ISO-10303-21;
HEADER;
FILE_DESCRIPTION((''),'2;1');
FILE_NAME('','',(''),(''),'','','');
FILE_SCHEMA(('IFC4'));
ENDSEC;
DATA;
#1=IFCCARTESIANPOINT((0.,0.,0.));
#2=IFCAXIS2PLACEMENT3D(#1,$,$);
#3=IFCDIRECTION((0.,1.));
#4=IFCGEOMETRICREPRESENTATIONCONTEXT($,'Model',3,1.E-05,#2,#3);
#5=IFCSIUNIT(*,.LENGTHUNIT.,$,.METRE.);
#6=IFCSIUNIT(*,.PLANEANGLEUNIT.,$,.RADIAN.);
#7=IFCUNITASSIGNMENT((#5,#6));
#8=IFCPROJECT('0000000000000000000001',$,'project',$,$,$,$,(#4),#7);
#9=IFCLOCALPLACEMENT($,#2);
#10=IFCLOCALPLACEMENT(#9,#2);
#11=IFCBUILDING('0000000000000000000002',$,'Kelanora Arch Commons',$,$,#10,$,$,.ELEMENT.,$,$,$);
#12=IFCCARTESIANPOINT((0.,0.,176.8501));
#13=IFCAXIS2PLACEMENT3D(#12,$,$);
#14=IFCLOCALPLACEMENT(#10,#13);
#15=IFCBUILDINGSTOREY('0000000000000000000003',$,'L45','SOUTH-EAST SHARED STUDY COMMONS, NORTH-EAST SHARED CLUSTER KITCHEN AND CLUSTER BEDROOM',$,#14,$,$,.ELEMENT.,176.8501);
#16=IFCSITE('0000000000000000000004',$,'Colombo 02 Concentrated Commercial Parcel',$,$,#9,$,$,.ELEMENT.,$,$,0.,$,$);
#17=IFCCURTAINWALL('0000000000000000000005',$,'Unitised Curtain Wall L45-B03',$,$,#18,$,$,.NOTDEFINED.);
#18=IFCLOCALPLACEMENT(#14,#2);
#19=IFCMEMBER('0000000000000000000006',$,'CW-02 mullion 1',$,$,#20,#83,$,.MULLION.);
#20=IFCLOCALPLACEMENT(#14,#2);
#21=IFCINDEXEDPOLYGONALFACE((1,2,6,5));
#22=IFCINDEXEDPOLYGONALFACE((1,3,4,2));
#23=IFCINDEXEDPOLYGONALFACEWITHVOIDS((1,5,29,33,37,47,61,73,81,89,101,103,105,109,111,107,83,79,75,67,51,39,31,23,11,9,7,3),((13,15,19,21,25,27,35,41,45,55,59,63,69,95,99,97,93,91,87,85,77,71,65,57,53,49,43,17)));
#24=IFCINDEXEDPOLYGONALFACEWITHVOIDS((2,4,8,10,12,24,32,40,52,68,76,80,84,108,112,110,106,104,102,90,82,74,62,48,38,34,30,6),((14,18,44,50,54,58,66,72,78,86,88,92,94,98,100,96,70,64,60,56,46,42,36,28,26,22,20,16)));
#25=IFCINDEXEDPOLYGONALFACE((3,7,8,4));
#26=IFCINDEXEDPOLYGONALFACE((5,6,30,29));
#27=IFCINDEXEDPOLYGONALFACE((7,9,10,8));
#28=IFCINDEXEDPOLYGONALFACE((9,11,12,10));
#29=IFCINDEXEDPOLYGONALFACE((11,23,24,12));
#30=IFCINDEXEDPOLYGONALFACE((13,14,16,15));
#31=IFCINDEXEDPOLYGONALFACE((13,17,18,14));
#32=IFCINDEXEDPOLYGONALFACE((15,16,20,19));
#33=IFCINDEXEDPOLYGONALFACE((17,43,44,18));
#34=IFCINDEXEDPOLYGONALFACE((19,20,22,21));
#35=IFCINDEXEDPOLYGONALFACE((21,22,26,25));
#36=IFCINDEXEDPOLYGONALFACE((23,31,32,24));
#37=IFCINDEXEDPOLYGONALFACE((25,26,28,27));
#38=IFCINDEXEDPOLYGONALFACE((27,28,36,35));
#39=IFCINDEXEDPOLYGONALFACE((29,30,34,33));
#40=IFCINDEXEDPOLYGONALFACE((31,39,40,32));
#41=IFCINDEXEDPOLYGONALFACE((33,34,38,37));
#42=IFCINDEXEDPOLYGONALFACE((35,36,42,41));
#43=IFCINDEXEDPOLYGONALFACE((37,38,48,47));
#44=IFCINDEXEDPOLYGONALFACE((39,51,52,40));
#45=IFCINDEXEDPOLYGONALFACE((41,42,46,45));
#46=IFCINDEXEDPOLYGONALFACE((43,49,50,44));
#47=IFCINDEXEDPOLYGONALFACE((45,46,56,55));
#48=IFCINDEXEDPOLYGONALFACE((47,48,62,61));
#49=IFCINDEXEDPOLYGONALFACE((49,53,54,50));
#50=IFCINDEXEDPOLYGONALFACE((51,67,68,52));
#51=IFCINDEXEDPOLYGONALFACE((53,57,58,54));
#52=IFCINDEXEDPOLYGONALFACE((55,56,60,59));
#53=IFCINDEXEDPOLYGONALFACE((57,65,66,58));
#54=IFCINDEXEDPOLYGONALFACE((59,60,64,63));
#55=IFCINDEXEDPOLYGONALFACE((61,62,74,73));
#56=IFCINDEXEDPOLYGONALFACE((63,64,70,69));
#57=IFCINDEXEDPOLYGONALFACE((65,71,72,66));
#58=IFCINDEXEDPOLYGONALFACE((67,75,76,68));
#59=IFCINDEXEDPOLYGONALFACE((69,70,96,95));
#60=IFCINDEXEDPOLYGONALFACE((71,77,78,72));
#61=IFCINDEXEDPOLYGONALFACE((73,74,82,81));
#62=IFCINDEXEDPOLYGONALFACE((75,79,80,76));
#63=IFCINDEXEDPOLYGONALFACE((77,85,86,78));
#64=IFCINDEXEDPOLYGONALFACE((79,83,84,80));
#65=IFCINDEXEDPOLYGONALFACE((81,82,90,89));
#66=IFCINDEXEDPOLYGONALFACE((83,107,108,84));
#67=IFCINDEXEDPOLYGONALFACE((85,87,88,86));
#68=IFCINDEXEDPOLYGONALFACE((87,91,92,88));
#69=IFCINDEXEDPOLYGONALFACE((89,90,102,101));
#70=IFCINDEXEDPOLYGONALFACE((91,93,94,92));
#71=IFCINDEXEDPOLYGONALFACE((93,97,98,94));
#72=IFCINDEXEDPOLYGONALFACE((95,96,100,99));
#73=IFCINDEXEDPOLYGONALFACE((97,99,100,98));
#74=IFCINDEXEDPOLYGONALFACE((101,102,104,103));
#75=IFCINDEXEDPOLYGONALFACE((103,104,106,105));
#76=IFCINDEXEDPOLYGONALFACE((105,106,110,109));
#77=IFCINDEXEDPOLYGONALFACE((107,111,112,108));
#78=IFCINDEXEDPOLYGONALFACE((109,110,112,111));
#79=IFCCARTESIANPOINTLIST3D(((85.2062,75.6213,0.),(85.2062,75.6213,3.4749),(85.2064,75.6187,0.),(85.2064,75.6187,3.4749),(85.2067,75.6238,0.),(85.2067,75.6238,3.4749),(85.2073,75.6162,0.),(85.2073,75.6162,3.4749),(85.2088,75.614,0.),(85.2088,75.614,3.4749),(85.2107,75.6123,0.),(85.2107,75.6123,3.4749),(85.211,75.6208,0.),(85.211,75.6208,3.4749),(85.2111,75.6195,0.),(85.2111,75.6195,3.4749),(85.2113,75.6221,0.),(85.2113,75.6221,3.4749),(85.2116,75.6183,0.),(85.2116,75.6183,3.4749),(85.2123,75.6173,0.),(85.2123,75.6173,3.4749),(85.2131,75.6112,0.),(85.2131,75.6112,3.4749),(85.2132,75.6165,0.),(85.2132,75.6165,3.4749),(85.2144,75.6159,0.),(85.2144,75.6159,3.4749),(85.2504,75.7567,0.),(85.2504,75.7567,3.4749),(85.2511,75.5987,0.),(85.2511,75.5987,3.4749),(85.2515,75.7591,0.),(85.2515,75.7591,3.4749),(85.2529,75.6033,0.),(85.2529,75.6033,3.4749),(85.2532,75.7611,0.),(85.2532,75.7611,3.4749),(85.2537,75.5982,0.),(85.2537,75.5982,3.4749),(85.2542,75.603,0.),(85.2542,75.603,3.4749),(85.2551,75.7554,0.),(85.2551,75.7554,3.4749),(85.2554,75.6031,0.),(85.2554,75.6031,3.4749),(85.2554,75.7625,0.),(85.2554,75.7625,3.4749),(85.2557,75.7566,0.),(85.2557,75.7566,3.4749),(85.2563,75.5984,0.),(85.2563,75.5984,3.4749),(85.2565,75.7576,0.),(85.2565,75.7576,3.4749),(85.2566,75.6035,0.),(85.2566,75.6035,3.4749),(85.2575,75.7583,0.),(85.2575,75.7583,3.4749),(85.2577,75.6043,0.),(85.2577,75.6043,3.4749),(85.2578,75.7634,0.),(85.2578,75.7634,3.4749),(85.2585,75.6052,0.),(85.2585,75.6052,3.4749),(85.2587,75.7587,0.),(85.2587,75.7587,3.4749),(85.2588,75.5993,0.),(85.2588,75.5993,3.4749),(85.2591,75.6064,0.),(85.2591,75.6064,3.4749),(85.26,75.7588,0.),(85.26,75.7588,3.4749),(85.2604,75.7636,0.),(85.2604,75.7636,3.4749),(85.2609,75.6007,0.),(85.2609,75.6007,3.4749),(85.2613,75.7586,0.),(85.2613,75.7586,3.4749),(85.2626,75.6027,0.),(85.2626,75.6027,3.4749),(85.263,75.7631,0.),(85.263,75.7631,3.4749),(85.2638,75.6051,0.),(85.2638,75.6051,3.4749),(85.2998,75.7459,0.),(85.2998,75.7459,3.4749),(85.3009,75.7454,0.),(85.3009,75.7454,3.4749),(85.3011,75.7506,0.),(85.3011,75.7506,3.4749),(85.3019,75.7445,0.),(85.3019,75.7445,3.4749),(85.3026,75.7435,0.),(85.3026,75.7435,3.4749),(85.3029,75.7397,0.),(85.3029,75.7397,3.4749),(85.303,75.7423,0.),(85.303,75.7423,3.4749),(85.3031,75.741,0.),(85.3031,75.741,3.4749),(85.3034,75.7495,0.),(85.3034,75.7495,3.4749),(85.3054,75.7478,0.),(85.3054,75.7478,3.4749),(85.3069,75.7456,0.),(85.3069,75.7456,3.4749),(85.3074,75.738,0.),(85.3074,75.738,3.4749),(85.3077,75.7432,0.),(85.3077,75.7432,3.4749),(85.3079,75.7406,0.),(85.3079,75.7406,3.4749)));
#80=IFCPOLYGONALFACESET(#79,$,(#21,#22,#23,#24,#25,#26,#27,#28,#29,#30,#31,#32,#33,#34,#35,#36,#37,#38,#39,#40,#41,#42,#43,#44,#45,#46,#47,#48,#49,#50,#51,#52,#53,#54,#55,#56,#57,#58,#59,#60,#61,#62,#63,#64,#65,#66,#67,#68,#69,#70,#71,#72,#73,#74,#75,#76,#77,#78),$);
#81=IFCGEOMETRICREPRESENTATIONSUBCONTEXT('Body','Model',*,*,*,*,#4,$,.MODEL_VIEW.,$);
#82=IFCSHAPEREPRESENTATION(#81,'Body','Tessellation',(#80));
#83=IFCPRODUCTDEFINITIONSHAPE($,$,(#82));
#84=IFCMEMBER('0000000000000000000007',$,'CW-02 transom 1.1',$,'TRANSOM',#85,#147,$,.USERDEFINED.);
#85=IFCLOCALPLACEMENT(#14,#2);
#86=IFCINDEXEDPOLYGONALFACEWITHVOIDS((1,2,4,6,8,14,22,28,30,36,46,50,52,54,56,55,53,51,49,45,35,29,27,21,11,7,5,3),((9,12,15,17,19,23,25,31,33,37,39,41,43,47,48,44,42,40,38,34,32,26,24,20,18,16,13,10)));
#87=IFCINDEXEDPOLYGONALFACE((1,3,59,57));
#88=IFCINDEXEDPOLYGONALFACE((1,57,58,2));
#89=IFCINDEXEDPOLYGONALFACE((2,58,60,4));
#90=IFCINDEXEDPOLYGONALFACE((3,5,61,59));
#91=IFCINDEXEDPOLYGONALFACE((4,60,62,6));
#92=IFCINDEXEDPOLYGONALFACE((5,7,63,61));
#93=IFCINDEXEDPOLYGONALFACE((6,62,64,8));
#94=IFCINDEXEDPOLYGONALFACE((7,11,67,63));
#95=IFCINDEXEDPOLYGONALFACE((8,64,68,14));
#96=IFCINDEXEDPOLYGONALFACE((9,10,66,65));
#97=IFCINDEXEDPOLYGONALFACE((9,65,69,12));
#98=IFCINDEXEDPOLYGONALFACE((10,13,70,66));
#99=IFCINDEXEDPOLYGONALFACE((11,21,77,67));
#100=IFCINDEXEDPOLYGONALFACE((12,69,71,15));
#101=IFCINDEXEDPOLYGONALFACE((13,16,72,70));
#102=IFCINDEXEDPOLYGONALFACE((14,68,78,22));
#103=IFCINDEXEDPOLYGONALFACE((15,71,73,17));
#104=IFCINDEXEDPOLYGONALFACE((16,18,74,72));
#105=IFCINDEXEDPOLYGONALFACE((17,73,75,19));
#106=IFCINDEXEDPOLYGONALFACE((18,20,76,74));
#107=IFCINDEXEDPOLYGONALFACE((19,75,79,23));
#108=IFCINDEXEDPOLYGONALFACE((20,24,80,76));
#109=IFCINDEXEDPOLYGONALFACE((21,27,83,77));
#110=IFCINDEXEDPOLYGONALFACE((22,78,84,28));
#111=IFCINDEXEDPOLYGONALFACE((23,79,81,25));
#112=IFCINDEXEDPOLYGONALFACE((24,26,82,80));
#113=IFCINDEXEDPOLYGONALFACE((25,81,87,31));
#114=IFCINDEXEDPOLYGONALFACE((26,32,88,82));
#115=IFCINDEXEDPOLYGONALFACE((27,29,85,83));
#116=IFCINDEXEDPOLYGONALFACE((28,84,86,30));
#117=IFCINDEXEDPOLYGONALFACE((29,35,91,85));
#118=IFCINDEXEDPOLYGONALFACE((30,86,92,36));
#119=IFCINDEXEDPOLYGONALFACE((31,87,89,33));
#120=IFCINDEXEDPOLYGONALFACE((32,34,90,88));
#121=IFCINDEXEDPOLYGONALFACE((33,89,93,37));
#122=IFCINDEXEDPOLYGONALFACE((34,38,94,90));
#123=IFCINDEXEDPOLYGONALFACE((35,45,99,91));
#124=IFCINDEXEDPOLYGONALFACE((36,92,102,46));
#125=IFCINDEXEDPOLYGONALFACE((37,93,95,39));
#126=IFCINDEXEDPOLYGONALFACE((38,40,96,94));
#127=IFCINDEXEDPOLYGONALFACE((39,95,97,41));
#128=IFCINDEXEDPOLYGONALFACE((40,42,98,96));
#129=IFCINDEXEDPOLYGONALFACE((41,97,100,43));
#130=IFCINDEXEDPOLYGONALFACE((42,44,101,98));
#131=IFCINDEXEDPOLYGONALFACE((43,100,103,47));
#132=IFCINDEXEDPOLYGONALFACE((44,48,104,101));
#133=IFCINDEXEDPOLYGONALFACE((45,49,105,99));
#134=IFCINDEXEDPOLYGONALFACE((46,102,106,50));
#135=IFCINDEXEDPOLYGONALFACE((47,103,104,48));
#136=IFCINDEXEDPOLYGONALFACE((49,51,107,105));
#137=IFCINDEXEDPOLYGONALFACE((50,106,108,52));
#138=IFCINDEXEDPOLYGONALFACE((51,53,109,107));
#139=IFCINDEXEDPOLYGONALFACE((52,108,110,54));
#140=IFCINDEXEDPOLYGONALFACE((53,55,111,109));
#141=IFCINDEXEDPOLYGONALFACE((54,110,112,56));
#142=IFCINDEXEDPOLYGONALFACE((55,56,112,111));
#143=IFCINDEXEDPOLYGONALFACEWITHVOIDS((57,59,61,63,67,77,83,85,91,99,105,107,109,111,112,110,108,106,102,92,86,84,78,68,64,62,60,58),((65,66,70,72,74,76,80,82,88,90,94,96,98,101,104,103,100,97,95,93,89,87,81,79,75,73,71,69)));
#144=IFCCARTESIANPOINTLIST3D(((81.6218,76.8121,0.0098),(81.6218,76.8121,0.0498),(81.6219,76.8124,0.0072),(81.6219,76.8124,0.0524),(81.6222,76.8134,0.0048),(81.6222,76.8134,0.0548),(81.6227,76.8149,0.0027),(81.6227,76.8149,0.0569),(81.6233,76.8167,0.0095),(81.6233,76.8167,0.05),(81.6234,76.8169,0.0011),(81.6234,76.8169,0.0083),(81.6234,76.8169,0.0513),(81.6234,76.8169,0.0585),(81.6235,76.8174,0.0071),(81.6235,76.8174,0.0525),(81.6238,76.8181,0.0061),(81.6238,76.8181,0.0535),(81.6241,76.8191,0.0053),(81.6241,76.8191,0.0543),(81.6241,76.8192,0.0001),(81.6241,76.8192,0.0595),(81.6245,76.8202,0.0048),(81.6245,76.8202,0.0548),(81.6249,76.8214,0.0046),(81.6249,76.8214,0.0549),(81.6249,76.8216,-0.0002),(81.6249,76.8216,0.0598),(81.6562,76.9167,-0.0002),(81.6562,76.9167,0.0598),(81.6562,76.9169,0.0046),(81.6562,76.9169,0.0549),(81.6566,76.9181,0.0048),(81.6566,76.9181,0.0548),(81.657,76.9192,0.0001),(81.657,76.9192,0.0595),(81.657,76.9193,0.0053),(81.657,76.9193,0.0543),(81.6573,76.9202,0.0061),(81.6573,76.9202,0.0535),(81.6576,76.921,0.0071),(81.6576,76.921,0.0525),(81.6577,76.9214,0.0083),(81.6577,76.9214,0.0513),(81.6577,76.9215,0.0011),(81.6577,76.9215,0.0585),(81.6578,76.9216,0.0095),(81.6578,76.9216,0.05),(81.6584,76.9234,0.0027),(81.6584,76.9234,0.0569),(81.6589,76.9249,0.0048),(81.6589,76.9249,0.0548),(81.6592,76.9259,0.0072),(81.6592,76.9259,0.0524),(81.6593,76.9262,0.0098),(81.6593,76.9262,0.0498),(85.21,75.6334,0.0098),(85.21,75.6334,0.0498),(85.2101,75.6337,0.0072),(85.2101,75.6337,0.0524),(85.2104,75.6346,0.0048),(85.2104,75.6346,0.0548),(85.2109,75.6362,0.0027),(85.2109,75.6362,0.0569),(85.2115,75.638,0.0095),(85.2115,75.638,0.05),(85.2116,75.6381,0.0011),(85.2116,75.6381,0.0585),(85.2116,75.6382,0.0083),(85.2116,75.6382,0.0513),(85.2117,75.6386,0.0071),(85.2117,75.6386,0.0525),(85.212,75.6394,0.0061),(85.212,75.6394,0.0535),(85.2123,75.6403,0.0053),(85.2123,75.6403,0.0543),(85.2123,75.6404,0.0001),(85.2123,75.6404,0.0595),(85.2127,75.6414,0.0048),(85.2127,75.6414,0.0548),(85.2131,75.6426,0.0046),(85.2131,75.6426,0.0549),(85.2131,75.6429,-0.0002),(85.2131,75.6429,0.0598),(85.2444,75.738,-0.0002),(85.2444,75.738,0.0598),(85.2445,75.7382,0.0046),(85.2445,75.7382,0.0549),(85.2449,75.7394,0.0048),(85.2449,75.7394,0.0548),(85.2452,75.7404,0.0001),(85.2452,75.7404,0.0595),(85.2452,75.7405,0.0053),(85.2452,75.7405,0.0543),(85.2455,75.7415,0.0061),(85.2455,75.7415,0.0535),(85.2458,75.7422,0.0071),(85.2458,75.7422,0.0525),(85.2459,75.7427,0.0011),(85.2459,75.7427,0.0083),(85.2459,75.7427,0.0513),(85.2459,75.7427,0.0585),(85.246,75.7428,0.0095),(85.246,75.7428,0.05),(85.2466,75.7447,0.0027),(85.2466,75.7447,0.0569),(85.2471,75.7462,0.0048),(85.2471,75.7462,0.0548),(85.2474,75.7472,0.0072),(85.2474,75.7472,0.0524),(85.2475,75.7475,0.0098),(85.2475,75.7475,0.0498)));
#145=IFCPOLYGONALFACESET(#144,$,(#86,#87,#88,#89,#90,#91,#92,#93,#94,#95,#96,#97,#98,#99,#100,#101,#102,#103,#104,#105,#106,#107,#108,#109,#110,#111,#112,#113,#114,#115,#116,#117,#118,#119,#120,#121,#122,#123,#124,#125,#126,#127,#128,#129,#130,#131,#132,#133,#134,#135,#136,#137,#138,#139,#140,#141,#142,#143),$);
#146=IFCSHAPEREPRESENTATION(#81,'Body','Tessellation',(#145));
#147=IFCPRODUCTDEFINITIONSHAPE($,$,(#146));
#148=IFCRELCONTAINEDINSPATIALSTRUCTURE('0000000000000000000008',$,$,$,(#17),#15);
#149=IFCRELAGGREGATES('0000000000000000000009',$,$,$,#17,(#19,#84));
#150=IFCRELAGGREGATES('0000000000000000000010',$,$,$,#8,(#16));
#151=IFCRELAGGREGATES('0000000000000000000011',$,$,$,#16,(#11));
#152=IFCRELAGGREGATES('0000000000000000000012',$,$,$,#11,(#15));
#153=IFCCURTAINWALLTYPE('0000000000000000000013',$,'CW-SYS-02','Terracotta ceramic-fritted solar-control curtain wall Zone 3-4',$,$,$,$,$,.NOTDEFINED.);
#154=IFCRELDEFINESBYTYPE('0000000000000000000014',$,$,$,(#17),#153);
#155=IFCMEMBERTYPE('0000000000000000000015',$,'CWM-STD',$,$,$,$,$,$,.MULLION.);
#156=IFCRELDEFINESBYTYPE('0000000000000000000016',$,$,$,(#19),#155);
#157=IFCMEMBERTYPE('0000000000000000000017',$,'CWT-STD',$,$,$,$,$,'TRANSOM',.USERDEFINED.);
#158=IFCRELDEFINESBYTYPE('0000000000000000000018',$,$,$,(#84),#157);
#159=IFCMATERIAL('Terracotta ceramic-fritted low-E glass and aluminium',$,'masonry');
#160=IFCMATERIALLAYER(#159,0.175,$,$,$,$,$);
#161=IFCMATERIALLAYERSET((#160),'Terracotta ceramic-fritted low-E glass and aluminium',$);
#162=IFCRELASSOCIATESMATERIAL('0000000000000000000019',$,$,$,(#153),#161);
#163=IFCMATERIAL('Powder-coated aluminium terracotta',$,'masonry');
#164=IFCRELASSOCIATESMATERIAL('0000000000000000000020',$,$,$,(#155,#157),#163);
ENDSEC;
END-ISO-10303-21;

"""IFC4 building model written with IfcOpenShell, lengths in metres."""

from ifc_helpers import new_model, si_unit, direction, frame, origin, origin_2d, place, context, subcontext, project, spatial, hollow_rectangle, extrude, material, layer, layer_set, material_profile, profile_set, type_object, element, aggregate, save


model = new_model("IFC4")

# Units and contexts
model_context = context("Model", 3, precision=1e-05, world=origin(), true_north=direction((0.0, 1.0)))
body_context = subcontext(model_context, "Body", "Model", "MODEL_VIEW")
ifc_project = project(units=[si_unit("LENGTHUNIT", "METRE"), si_unit("PLANEANGLEUNIT", "RADIAN")], contexts=[model_context])

# Site, building, storey
site_placement = place(None, origin())
site = spatial("IfcSite", under=ifc_project, at=site_placement, Name="Colombo 02 Concentrated Commercial Parcel", CompositionType="ELEMENT", RefElevation=0.0)
building_placement = place(site_placement, origin())
building = spatial("IfcBuilding", under=site, at=building_placement, Name="Kelanora Arch Commons", CompositionType="ELEMENT")
storey_placement = place(building_placement, frame((0.0, 0.0, 176.8501)))
storey = spatial("IfcBuildingStorey", under=building, at=storey_placement, Name="L45", Description="SOUTH-EAST SHARED STUDY COMMONS, NORTH-EAST SHARED CLUSTER KITCHEN AND CLUSTER BEDROOM", CompositionType="ELEMENT", Elevation=176.8501)

# Curtain wall, members
ifc_material_1 = material(Name="Terracotta ceramic-fritted low-E glass and aluminium", Category="masonry")
ifc_layer_1 = layer(ifc_material_1, 0.175)
ifc_layer_set_1 = layer_set([ifc_layer_1], Name="Terracotta ceramic-fritted low-E glass and aluminium")
curtain_wall_type = type_object("IfcCurtainWallType", Name="CW-SYS-02", Description="Terracotta ceramic-fritted solar-control curtain wall Zone 3-4", PredefinedType="NOTDEFINED", material=ifc_layer_set_1)
curtain_wall_placement = place(storey_placement, origin())
curtain_wall = element("IfcCurtainWall", 1, at=curtain_wall_placement, inside=storey, type_object=curtain_wall_type, Name="Unitised Curtain Wall L45-B03", PredefinedType="NOTDEFINED")
ifc_material_2 = material(Name="Powder-coated aluminium terracotta", Category="masonry")
ifc_material_profile_1 = material_profile(ifc_material_2, hollow_rectangle(XDim=0.1599, YDim=0.0601, WallThickness=0.0049, InnerFilletRadius=0.0049, OuterFilletRadius=0.01, at=origin_2d()), Name="CWM160x60")
ifc_profile_set_1 = profile_set([ifc_material_profile_1], Name="Powder-coated aluminium terracotta")
member_type_1 = type_object("IfcMemberType", Name="CWM-STD", PredefinedType="MULLION", material=ifc_profile_set_1)
member_1_placement = place(storey_placement, frame((85.2571, 75.6809, 0.0), z_axis=(0.0, 0.0, 1.0), x_axis=(-0.312128, -0.95004, 0.0)))
member_1 = element("IfcMember", 2, at=member_1_placement, type_object=member_type_1, Name="CW-02 mullion 1", PredefinedType="MULLION", context=body_context, shape_type="SweptSolid", body=[
    extrude(hollow_rectangle(XDim=0.1599, YDim=0.0601, WallThickness=0.0049, InnerFilletRadius=0.0049, OuterFilletRadius=0.01, at=origin_2d()), origin(), (0.0, 0.0, 1.0), 3.4749),
])
ifc_material_profile_2 = material_profile(ifc_material_2, hollow_rectangle(XDim=0.1201, YDim=0.0601, WallThickness=0.0049, InnerFilletRadius=0.0049, OuterFilletRadius=0.01, at=origin_2d()), Name="CWT120x60")
ifc_profile_set_2 = profile_set([ifc_material_profile_2], Name="Powder-coated aluminium terracotta")
member_type_2 = type_object("IfcMemberType", Name="CWT-STD", ElementType="TRANSOM", PredefinedType="USERDEFINED", material=ifc_profile_set_2)
member_2_placement = place(storey_placement, frame((85.2288, 75.6904, 0.0298), z_axis=(-0.950051, 0.312094, 0.0), x_axis=(-0.312094, -0.950051, 0.0)))
member_2 = element("IfcMember", 3, at=member_2_placement, type_object=member_type_2, Name="CW-02 transom 1.1", ObjectType="TRANSOM", PredefinedType="USERDEFINED", context=body_context, shape_type="SweptSolid", body=[
    extrude(hollow_rectangle(XDim=0.1201, YDim=0.0601, WallThickness=0.0049, InnerFilletRadius=0.0049, OuterFilletRadius=0.01, at=origin_2d()), origin(), (0.0, 0.0, 1.0), 3.7769),
])
aggregate(curtain_wall, [member_1, member_2])

save(model, "model.ifc")
